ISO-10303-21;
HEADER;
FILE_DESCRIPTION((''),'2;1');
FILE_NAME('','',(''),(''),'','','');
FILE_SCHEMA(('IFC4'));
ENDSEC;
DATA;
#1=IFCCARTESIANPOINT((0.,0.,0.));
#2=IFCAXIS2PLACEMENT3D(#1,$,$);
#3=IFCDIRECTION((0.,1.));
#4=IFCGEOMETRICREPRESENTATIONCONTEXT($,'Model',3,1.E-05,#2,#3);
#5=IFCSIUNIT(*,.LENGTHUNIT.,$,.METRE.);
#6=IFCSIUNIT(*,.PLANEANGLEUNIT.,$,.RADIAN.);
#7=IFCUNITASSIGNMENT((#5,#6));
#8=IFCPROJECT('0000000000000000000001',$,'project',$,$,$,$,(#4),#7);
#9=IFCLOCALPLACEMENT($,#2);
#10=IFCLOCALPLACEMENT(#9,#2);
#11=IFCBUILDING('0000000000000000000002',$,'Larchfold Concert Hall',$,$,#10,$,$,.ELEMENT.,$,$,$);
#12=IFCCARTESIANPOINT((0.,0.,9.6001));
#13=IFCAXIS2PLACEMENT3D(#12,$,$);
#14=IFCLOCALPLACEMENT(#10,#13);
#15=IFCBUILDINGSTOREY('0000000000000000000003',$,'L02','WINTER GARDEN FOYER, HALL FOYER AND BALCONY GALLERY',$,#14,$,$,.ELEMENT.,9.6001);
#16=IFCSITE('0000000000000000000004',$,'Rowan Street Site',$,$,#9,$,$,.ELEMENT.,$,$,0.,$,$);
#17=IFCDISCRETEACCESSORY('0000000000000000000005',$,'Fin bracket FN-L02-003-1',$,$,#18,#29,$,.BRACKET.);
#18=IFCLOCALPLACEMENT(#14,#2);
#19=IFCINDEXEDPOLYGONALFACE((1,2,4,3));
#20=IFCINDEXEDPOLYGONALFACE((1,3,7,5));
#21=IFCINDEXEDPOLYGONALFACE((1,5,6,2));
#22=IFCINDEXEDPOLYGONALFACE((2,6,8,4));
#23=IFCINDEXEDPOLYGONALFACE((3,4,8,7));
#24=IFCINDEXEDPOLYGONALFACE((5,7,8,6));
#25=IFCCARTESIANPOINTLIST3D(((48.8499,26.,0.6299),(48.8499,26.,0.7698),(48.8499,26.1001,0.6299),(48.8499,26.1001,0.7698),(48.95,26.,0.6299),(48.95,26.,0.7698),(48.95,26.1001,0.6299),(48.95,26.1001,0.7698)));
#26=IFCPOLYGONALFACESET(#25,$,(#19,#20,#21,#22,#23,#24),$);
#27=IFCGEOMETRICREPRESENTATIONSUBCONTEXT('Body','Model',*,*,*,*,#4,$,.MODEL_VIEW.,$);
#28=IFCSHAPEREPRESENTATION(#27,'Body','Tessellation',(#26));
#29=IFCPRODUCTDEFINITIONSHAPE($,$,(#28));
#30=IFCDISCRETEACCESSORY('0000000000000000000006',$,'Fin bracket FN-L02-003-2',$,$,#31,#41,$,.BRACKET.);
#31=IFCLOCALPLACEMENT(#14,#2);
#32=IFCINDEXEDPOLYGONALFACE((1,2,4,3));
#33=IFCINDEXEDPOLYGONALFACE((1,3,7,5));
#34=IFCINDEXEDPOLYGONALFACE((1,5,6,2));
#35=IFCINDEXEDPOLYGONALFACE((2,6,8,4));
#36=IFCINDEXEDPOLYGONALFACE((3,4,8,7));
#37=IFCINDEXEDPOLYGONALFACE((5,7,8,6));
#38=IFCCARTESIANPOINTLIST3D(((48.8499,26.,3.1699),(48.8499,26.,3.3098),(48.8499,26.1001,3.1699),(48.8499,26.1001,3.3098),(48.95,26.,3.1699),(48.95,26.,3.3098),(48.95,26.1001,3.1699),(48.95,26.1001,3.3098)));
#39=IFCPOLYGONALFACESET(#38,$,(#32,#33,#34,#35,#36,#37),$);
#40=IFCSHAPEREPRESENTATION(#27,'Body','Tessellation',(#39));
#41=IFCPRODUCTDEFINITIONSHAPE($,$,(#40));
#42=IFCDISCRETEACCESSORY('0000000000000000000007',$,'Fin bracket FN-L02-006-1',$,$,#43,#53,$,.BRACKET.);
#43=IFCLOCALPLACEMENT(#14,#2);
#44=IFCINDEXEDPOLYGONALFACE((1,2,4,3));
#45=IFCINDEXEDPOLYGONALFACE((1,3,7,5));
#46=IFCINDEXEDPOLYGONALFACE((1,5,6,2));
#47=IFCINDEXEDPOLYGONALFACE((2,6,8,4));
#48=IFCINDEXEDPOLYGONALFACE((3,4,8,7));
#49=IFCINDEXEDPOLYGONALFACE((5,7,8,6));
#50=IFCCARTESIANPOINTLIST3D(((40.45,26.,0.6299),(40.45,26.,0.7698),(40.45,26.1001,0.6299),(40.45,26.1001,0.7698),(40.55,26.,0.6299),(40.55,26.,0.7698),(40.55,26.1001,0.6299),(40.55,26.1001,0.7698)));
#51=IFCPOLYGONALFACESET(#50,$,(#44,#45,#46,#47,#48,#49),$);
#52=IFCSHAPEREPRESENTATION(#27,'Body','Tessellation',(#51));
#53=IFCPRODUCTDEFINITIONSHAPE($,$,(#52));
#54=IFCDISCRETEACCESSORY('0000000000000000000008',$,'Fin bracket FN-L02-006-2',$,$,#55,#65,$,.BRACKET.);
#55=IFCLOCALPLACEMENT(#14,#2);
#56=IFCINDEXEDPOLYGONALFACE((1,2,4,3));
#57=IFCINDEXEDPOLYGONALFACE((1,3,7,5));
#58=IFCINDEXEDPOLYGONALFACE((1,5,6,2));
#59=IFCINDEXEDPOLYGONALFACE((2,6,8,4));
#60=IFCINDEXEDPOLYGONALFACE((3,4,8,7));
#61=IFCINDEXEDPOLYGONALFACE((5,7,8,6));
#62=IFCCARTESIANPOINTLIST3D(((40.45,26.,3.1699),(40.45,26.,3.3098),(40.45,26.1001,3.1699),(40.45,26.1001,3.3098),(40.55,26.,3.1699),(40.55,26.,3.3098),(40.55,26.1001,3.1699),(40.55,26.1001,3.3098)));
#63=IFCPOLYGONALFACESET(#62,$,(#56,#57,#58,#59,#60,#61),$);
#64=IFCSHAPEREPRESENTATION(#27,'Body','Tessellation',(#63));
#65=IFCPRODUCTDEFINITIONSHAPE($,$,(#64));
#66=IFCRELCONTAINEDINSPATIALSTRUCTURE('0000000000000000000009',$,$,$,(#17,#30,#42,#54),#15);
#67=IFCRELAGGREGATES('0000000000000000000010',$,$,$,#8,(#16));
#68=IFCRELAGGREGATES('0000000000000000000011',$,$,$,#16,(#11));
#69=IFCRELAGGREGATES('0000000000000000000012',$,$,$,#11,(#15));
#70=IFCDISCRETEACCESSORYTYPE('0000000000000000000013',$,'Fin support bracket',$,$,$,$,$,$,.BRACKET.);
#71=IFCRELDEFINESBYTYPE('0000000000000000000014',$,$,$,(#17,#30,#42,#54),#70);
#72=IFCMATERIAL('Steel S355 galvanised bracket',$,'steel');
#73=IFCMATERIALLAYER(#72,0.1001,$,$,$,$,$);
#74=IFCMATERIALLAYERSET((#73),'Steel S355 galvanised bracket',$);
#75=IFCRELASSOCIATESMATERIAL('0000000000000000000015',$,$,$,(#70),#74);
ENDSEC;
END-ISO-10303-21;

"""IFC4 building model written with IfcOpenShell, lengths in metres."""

from ifc_helpers import new_model, si_unit, direction, frame, origin, origin_2d, place, context, subcontext, project, spatial, rectangle, extrude, material, layer, layer_set, type_object, element, save


model = new_model("IFC4")

# Units and contexts
model_context = context("Model", 3, precision=1e-05, world=origin(), true_north=direction((0.0, 1.0)))
body_context = subcontext(model_context, "Body", "Model", "MODEL_VIEW")
ifc_project = project(units=[si_unit("LENGTHUNIT", "METRE"), si_unit("PLANEANGLEUNIT", "RADIAN")], contexts=[model_context])

# Site, building, storey
site_placement = place(None, origin())
site = spatial("IfcSite", under=ifc_project, at=site_placement, Name="Rowan Street Site", CompositionType="ELEMENT", RefElevation=0.0)
building_placement = place(site_placement, origin())
building = spatial("IfcBuilding", under=site, at=building_placement, Name="Larchfold Concert Hall", CompositionType="ELEMENT")
storey_placement = place(building_placement, frame((0.0, 0.0, 9.6001)))
storey = spatial("IfcBuildingStorey", under=building, at=storey_placement, Name="L02", Description="WINTER GARDEN FOYER, HALL FOYER AND BALCONY GALLERY", CompositionType="ELEMENT", Elevation=9.6001)

# Discrete accessories
ifc_material_1 = material(Name="Steel S355 galvanised bracket", Category="steel")
ifc_layer_1 = layer(ifc_material_1, 0.1001)
ifc_layer_set_1 = layer_set([ifc_layer_1], Name="Steel S355 galvanised bracket")
discrete_accessory_type = type_object("IfcDiscreteAccessoryType", Name="Fin support bracket", PredefinedType="BRACKET", material=ifc_layer_set_1)
for number, where, z_axis, x_axis, name in (
    (1, (48.8999, 26.05, 0.6299), (0.0, 0.0, 1.0), (0.0, 1.0, 0.0), "Fin bracket FN-L02-003-1"),
    (2, (48.8999, 26.05, 3.1699), (0.0, 0.0, 1.0), (0.0, 1.0, 0.0), "Fin bracket FN-L02-003-2"),
    (3, (40.5, 26.05, 0.6299), (0.0, 0.0, 1.0), (0.0, 1.0, 0.0), "Fin bracket FN-L02-006-1"),
    (4, (40.5, 26.05, 3.1699), (0.0, 0.0, 1.0), (0.0, 1.0, 0.0), "Fin bracket FN-L02-006-2"),
):
    element("IfcDiscreteAccessory", number, at=place(storey_placement, frame(where, z_axis=z_axis, x_axis=x_axis)), inside=storey, type_object=discrete_accessory_type, Name=name, PredefinedType="BRACKET", context=body_context, shape_type="SweptSolid", body=[
        extrude(rectangle(XDim=0.1001, YDim=0.1001, at=origin_2d()), origin(), (0.0, 0.0, 1.0), 0.1399),
    ])

save(model, "model.ifc")
